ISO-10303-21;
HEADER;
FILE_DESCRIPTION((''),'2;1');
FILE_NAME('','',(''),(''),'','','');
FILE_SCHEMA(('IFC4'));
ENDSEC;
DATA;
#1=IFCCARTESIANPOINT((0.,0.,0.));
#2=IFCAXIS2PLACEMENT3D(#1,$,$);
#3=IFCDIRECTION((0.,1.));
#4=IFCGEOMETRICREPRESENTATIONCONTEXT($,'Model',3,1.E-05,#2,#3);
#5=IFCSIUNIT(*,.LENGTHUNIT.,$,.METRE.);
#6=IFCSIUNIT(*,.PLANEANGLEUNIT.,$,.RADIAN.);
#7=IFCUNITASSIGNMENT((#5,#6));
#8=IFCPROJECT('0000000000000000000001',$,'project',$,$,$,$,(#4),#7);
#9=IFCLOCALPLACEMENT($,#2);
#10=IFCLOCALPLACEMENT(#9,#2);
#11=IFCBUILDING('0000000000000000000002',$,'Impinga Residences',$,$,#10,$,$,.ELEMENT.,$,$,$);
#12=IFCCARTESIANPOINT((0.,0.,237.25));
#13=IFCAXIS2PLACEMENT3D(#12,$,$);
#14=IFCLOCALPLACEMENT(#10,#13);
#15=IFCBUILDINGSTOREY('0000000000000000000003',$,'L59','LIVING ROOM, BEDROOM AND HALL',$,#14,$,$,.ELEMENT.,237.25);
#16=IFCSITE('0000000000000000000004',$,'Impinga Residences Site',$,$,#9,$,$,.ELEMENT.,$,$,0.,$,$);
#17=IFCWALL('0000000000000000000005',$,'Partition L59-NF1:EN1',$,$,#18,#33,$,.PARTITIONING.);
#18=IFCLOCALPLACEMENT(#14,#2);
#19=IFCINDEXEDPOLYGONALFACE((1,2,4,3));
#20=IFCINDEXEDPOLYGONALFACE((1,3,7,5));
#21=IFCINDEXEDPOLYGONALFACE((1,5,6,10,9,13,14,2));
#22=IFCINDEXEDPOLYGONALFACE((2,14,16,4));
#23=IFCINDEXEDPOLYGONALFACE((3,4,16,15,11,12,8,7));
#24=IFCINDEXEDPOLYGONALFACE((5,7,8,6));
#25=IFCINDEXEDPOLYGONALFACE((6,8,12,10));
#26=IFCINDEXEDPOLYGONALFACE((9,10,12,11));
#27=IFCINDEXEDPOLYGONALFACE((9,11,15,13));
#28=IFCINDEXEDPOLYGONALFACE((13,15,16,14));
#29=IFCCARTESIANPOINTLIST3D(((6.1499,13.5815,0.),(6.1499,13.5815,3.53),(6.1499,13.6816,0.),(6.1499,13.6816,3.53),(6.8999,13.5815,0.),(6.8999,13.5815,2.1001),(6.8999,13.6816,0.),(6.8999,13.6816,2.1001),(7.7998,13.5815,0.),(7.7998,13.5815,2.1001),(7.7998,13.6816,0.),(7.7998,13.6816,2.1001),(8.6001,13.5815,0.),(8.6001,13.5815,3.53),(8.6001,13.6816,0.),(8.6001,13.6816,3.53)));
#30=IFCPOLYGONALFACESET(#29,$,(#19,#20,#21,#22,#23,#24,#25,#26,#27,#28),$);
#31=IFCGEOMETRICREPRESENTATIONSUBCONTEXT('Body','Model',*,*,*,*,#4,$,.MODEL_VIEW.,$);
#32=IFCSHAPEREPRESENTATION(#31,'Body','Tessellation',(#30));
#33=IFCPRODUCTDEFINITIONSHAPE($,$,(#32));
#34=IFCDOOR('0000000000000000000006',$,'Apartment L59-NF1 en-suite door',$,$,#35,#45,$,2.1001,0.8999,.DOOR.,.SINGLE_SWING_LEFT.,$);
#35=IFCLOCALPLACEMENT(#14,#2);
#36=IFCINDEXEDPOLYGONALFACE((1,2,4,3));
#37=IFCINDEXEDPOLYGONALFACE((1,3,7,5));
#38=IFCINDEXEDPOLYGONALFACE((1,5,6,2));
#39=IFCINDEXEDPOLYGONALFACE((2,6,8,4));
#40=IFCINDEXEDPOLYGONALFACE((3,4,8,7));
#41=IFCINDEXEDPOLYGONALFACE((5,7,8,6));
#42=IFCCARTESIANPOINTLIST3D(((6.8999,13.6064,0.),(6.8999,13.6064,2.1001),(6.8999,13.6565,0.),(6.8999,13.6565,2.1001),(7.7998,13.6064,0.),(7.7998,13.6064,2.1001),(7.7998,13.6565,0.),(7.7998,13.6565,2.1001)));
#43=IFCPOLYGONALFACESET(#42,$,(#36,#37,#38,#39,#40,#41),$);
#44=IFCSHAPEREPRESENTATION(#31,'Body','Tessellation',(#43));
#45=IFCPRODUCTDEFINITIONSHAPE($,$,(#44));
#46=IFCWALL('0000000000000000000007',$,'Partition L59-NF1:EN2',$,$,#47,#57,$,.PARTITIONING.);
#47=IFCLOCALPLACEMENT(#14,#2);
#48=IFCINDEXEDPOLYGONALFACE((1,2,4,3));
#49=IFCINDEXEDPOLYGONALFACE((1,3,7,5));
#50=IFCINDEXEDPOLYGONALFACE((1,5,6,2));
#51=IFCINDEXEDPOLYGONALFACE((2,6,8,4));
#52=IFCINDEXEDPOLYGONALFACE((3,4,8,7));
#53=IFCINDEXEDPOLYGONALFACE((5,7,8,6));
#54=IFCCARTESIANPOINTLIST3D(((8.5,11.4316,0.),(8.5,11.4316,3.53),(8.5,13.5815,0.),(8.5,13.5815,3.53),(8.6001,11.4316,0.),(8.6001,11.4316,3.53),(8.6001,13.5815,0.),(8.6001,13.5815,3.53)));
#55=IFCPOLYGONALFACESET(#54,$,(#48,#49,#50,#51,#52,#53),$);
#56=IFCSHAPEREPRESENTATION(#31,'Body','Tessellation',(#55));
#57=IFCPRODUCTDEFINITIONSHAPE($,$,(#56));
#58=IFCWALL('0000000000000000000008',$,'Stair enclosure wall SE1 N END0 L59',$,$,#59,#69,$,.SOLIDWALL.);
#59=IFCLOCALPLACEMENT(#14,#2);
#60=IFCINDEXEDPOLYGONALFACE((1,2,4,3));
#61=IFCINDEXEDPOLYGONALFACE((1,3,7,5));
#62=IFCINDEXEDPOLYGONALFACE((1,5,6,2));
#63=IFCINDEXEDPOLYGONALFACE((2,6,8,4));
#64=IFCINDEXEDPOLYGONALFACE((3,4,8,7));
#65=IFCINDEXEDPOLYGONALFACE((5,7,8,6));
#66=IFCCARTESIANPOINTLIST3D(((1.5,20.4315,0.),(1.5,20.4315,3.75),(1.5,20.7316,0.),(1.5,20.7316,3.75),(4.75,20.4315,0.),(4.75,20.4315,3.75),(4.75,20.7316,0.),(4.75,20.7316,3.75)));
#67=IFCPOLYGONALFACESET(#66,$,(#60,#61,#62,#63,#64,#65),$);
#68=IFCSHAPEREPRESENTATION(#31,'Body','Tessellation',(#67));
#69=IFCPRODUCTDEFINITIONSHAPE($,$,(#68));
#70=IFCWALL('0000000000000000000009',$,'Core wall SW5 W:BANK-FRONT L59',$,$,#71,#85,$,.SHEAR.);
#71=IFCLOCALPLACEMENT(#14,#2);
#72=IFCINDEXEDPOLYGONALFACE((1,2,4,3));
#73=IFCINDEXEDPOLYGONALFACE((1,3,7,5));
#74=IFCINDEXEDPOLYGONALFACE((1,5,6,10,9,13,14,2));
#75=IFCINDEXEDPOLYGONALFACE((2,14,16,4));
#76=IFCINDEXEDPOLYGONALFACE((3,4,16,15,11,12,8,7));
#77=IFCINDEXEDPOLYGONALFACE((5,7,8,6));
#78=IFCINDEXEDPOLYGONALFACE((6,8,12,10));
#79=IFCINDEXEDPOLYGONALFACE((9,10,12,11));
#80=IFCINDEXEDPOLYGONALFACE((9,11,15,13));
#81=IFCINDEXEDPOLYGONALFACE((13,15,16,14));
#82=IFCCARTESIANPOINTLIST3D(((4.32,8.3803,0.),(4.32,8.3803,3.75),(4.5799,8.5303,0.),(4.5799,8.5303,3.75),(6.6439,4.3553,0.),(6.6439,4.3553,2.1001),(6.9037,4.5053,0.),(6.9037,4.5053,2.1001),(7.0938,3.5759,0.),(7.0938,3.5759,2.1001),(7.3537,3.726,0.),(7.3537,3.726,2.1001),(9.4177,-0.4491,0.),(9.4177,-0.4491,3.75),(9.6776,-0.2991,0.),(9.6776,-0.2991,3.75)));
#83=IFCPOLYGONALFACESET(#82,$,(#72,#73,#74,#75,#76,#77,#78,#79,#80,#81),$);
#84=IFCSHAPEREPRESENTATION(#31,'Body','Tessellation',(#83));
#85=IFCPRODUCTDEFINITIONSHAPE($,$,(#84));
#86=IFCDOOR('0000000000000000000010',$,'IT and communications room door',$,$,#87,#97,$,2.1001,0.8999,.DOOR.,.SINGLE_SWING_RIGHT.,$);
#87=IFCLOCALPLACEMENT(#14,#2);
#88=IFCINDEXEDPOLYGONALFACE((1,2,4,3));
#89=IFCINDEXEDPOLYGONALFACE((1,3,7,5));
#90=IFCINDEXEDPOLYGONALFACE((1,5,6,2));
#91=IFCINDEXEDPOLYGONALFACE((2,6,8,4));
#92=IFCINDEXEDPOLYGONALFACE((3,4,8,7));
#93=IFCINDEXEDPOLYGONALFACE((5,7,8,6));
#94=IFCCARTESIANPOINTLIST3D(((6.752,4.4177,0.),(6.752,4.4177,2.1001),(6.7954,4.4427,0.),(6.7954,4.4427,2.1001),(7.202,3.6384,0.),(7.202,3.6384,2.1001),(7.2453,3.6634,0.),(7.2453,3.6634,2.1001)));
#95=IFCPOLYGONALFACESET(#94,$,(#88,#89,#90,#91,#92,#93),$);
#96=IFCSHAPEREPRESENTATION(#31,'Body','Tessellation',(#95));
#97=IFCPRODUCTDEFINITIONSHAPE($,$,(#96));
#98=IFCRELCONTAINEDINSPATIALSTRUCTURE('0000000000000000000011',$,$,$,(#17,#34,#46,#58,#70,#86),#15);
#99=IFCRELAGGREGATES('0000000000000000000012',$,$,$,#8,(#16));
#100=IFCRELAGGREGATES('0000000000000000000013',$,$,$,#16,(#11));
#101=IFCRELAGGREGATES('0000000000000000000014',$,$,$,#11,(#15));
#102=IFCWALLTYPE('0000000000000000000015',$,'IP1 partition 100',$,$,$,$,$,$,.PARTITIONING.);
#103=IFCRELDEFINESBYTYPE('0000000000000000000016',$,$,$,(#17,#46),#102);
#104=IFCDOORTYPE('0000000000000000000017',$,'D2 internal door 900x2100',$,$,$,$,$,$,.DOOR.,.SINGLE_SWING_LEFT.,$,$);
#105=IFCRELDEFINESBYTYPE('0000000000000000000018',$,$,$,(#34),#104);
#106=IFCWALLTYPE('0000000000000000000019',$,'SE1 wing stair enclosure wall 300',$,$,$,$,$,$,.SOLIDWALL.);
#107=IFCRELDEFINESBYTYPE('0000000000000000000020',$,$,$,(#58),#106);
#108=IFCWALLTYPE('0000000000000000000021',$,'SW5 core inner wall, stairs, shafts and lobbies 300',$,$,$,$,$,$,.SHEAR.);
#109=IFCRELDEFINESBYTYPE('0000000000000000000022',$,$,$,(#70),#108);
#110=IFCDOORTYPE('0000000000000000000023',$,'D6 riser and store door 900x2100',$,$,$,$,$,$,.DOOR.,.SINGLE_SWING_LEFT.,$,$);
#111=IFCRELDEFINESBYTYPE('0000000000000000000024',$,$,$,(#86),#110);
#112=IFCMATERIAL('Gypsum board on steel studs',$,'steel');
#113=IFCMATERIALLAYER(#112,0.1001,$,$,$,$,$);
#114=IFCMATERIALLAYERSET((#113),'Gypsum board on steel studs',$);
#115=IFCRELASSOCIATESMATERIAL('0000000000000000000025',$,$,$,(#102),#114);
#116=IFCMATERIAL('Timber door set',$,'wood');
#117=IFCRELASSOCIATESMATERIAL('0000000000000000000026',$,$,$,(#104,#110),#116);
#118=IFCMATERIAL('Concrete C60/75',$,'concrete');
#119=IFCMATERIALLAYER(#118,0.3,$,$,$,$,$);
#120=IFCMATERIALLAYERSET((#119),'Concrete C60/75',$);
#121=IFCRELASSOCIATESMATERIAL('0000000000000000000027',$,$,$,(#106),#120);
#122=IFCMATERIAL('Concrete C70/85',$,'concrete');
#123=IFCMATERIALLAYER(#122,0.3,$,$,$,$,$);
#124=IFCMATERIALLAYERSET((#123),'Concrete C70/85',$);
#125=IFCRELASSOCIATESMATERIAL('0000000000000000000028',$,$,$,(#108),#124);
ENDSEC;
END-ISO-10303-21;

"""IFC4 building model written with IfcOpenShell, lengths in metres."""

from ifc_helpers import new_model, si_unit, direction, frame, frame_2d, origin, place, context, subcontext, project, spatial, rectangle, extrude, material, layer, layer_set, type_object, element, fill, save


model = new_model("IFC4")

# Units and contexts
model_context = context("Model", 3, precision=1e-05, world=origin(), true_north=direction((0.0, 1.0)))
body_context = subcontext(model_context, "Body", "Model", "MODEL_VIEW")
ifc_project = project(units=[si_unit("LENGTHUNIT", "METRE"), si_unit("PLANEANGLEUNIT", "RADIAN")], contexts=[model_context])

# Site, building, storey
site_placement = place(None, origin())
site = spatial("IfcSite", under=ifc_project, at=site_placement, Name="Impinga Residences Site", CompositionType="ELEMENT", RefElevation=0.0)
building_placement = place(site_placement, origin())
building = spatial("IfcBuilding", under=site, at=building_placement, Name="Impinga Residences", CompositionType="ELEMENT")
storey_placement = place(building_placement, frame((0.0, 0.0, 237.25)))
storey = spatial("IfcBuildingStorey", under=building, at=storey_placement, Name="L59", Description="LIVING ROOM, BEDROOM AND HALL", CompositionType="ELEMENT", Elevation=237.25)

# Shared definitions
ifc_material_1 = material(Name="Concrete C60/75", Category="concrete")

# Shared definitions
ifc_material_2 = material(Name="Gypsum board on steel studs", Category="steel")
ifc_layer_1 = layer(ifc_material_2, 0.1001)
ifc_layer_set_1 = layer_set([ifc_layer_1], Name="Gypsum board on steel studs")
wall_type_1 = type_object("IfcWallType", Name="IP1 partition 100", PredefinedType="PARTITIONING", material=ifc_layer_set_1)

# Shared definitions
ifc_material_3 = material(Name="Timber door set", Category="wood")
door_type_1 = type_object("IfcDoorType", Name="D2 internal door 900x2100", OperationType="SINGLE_SWING_LEFT", PredefinedType="DOOR", material=ifc_material_3)

# Wall, opening, door
wall_1_placement = place(storey_placement, frame((6.1499, 13.6316, 0.0), z_axis=(0.0, 0.0, 1.0), x_axis=(1.0, 0.0, 0.0)))
wall_1 = element("IfcWall", 1, at=wall_1_placement, inside=storey, type_object=wall_type_1, Name="Partition L59-NF1:EN1", PredefinedType="PARTITIONING", context=body_context, shape_type="SweptSolid", body=[
    extrude(rectangle(XDim=2.4502, YDim=0.1001, at=frame_2d((1.2251, 0.0))), origin(), (0.0, 0.0, 1.0), 3.53),
])
opening_1_placement = place(wall_1_placement, frame((0.75, 0.0, 0.0)))
opening_1 = element("IfcOpeningElement", 2, at=opening_1_placement, cuts=wall_1, PredefinedType="OPENING", context=body_context, shape_type="SweptSolid", body=[
    extrude(rectangle(XDim=0.8999, YDim=2.1001, at=frame_2d((0.45, 1.05))), frame((0.0, 0.0601, 0.0), z_axis=(0.0, -1.0, 0.0), x_axis=(1.0, 0.0, 0.0)), (0.0, 0.0, 1.0), 0.1201),
])
door_1_placement = place(opening_1_placement, origin())
door_1 = element("IfcDoor", 3, at=door_1_placement, inside=storey, type_object=door_type_1, Name="Apartment L59-NF1 en-suite door", OperationType="SINGLE_SWING_LEFT", OverallHeight=2.1001, OverallWidth=0.8999, PredefinedType="DOOR", context=body_context, shape_type="SweptSolid", body=[
    extrude(rectangle(XDim=0.8999, YDim=2.1001, at=frame_2d((0.45, 1.05))), frame((0.0, 0.0249, 0.0), z_axis=(0.0, -1.0, 0.0), x_axis=(1.0, 0.0, 0.0)), (0.0, 0.0, 1.0), 0.05),
])
fill(opening_1, door_1)

# Walls
wall_2_placement = place(storey_placement, frame((8.55, 11.4316, 0.0), z_axis=(0.0, 0.0, 1.0), x_axis=(0.0, 1.0, 0.0)))
element("IfcWall", 4, at=wall_2_placement, inside=storey, type_object=wall_type_1, Name="Partition L59-NF1:EN2", PredefinedType="PARTITIONING", context=body_context, shape_type="SweptSolid", body=[
    extrude(rectangle(XDim=2.1499, YDim=0.1001, at=frame_2d((1.075, 0.0))), origin(), (0.0, 0.0, 1.0), 3.53),
])
ifc_layer_2 = layer(ifc_material_1, 0.3)
ifc_layer_set_2 = layer_set([ifc_layer_2], Name="Concrete C60/75")
wall_type_2 = type_object("IfcWallType", Name="SE1 wing stair enclosure wall 300", PredefinedType="SOLIDWALL", material=ifc_layer_set_2)
wall_3_placement = place(storey_placement, frame((1.5, 20.5815, 0.0), z_axis=(0.0, 0.0, 1.0), x_axis=(1.0, 0.0, 0.0)))
element("IfcWall", 5, at=wall_3_placement, inside=storey, type_object=wall_type_2, Name="Stair enclosure wall SE1 N END0 L59", PredefinedType="SOLIDWALL", context=body_context, shape_type="SweptSolid", body=[
    extrude(rectangle(XDim=3.25, YDim=0.3, at=frame_2d((1.625, 0.0))), origin(), (0.0, 0.0, 1.0), 3.75),
])

# Wall, opening, door
ifc_material_4 = material(Name="Concrete C70/85", Category="concrete")
ifc_layer_3 = layer(ifc_material_4, 0.3)
ifc_layer_set_3 = layer_set([ifc_layer_3], Name="Concrete C70/85")
wall_type_3 = type_object("IfcWallType", Name="SW5 core inner wall, stairs, shafts and lobbies 300", PredefinedType="SHEAR", material=ifc_layer_set_3)
wall_4_placement = place(storey_placement, frame((4.45, 8.4553, 0.0), z_axis=(0.0, 0.0, 1.0), x_axis=(0.500002, -0.866024, 0.0)))
wall_4 = element("IfcWall", 6, at=wall_4_placement, inside=storey, type_object=wall_type_3, Name="Core wall SW5 W:BANK-FRONT L59", PredefinedType="SHEAR", context=body_context, shape_type="SweptSolid", body=[
    extrude(rectangle(XDim=10.1953, YDim=0.3, at=frame_2d((5.0977, 0.0))), origin(), (0.0, 0.0, 1.0), 3.75),
])
opening_2_placement = place(wall_4_placement, frame((4.6477, 0.0, 0.0)))
opening_2 = element("IfcOpeningElement", 7, at=opening_2_placement, cuts=wall_4, PredefinedType="OPENING", context=body_context, shape_type="SweptSolid", body=[
    extrude(rectangle(XDim=0.8999, YDim=2.1001, at=frame_2d((0.45, 1.05))), frame((0.0, 0.1599, 0.0), z_axis=(0.0, -1.0, 0.0), x_axis=(1.0, 0.0, 0.0)), (0.0, 0.0, 1.0), 0.3201),
])
door_type_2 = type_object("IfcDoorType", Name="D6 riser and store door 900x2100", OperationType="SINGLE_SWING_LEFT", PredefinedType="DOOR", material=ifc_material_3)
door_2_placement = place(opening_2_placement, origin())
door_2 = element("IfcDoor", 8, at=door_2_placement, inside=storey, type_object=door_type_2, Name="IT and communications room door", OperationType="SINGLE_SWING_RIGHT", OverallHeight=2.1001, OverallWidth=0.8999, PredefinedType="DOOR", context=body_context, shape_type="SweptSolid", body=[
    extrude(rectangle(XDim=0.8999, YDim=2.1001, at=frame_2d((0.45, 1.05))), frame((0.0, 0.0249, 0.0), z_axis=(0.0, -1.0, 0.0), x_axis=(1.0, 0.0, 0.0)), (0.0, 0.0, 1.0), 0.05),
])
fill(opening_2, door_2)

save(model, "model.ifc")
